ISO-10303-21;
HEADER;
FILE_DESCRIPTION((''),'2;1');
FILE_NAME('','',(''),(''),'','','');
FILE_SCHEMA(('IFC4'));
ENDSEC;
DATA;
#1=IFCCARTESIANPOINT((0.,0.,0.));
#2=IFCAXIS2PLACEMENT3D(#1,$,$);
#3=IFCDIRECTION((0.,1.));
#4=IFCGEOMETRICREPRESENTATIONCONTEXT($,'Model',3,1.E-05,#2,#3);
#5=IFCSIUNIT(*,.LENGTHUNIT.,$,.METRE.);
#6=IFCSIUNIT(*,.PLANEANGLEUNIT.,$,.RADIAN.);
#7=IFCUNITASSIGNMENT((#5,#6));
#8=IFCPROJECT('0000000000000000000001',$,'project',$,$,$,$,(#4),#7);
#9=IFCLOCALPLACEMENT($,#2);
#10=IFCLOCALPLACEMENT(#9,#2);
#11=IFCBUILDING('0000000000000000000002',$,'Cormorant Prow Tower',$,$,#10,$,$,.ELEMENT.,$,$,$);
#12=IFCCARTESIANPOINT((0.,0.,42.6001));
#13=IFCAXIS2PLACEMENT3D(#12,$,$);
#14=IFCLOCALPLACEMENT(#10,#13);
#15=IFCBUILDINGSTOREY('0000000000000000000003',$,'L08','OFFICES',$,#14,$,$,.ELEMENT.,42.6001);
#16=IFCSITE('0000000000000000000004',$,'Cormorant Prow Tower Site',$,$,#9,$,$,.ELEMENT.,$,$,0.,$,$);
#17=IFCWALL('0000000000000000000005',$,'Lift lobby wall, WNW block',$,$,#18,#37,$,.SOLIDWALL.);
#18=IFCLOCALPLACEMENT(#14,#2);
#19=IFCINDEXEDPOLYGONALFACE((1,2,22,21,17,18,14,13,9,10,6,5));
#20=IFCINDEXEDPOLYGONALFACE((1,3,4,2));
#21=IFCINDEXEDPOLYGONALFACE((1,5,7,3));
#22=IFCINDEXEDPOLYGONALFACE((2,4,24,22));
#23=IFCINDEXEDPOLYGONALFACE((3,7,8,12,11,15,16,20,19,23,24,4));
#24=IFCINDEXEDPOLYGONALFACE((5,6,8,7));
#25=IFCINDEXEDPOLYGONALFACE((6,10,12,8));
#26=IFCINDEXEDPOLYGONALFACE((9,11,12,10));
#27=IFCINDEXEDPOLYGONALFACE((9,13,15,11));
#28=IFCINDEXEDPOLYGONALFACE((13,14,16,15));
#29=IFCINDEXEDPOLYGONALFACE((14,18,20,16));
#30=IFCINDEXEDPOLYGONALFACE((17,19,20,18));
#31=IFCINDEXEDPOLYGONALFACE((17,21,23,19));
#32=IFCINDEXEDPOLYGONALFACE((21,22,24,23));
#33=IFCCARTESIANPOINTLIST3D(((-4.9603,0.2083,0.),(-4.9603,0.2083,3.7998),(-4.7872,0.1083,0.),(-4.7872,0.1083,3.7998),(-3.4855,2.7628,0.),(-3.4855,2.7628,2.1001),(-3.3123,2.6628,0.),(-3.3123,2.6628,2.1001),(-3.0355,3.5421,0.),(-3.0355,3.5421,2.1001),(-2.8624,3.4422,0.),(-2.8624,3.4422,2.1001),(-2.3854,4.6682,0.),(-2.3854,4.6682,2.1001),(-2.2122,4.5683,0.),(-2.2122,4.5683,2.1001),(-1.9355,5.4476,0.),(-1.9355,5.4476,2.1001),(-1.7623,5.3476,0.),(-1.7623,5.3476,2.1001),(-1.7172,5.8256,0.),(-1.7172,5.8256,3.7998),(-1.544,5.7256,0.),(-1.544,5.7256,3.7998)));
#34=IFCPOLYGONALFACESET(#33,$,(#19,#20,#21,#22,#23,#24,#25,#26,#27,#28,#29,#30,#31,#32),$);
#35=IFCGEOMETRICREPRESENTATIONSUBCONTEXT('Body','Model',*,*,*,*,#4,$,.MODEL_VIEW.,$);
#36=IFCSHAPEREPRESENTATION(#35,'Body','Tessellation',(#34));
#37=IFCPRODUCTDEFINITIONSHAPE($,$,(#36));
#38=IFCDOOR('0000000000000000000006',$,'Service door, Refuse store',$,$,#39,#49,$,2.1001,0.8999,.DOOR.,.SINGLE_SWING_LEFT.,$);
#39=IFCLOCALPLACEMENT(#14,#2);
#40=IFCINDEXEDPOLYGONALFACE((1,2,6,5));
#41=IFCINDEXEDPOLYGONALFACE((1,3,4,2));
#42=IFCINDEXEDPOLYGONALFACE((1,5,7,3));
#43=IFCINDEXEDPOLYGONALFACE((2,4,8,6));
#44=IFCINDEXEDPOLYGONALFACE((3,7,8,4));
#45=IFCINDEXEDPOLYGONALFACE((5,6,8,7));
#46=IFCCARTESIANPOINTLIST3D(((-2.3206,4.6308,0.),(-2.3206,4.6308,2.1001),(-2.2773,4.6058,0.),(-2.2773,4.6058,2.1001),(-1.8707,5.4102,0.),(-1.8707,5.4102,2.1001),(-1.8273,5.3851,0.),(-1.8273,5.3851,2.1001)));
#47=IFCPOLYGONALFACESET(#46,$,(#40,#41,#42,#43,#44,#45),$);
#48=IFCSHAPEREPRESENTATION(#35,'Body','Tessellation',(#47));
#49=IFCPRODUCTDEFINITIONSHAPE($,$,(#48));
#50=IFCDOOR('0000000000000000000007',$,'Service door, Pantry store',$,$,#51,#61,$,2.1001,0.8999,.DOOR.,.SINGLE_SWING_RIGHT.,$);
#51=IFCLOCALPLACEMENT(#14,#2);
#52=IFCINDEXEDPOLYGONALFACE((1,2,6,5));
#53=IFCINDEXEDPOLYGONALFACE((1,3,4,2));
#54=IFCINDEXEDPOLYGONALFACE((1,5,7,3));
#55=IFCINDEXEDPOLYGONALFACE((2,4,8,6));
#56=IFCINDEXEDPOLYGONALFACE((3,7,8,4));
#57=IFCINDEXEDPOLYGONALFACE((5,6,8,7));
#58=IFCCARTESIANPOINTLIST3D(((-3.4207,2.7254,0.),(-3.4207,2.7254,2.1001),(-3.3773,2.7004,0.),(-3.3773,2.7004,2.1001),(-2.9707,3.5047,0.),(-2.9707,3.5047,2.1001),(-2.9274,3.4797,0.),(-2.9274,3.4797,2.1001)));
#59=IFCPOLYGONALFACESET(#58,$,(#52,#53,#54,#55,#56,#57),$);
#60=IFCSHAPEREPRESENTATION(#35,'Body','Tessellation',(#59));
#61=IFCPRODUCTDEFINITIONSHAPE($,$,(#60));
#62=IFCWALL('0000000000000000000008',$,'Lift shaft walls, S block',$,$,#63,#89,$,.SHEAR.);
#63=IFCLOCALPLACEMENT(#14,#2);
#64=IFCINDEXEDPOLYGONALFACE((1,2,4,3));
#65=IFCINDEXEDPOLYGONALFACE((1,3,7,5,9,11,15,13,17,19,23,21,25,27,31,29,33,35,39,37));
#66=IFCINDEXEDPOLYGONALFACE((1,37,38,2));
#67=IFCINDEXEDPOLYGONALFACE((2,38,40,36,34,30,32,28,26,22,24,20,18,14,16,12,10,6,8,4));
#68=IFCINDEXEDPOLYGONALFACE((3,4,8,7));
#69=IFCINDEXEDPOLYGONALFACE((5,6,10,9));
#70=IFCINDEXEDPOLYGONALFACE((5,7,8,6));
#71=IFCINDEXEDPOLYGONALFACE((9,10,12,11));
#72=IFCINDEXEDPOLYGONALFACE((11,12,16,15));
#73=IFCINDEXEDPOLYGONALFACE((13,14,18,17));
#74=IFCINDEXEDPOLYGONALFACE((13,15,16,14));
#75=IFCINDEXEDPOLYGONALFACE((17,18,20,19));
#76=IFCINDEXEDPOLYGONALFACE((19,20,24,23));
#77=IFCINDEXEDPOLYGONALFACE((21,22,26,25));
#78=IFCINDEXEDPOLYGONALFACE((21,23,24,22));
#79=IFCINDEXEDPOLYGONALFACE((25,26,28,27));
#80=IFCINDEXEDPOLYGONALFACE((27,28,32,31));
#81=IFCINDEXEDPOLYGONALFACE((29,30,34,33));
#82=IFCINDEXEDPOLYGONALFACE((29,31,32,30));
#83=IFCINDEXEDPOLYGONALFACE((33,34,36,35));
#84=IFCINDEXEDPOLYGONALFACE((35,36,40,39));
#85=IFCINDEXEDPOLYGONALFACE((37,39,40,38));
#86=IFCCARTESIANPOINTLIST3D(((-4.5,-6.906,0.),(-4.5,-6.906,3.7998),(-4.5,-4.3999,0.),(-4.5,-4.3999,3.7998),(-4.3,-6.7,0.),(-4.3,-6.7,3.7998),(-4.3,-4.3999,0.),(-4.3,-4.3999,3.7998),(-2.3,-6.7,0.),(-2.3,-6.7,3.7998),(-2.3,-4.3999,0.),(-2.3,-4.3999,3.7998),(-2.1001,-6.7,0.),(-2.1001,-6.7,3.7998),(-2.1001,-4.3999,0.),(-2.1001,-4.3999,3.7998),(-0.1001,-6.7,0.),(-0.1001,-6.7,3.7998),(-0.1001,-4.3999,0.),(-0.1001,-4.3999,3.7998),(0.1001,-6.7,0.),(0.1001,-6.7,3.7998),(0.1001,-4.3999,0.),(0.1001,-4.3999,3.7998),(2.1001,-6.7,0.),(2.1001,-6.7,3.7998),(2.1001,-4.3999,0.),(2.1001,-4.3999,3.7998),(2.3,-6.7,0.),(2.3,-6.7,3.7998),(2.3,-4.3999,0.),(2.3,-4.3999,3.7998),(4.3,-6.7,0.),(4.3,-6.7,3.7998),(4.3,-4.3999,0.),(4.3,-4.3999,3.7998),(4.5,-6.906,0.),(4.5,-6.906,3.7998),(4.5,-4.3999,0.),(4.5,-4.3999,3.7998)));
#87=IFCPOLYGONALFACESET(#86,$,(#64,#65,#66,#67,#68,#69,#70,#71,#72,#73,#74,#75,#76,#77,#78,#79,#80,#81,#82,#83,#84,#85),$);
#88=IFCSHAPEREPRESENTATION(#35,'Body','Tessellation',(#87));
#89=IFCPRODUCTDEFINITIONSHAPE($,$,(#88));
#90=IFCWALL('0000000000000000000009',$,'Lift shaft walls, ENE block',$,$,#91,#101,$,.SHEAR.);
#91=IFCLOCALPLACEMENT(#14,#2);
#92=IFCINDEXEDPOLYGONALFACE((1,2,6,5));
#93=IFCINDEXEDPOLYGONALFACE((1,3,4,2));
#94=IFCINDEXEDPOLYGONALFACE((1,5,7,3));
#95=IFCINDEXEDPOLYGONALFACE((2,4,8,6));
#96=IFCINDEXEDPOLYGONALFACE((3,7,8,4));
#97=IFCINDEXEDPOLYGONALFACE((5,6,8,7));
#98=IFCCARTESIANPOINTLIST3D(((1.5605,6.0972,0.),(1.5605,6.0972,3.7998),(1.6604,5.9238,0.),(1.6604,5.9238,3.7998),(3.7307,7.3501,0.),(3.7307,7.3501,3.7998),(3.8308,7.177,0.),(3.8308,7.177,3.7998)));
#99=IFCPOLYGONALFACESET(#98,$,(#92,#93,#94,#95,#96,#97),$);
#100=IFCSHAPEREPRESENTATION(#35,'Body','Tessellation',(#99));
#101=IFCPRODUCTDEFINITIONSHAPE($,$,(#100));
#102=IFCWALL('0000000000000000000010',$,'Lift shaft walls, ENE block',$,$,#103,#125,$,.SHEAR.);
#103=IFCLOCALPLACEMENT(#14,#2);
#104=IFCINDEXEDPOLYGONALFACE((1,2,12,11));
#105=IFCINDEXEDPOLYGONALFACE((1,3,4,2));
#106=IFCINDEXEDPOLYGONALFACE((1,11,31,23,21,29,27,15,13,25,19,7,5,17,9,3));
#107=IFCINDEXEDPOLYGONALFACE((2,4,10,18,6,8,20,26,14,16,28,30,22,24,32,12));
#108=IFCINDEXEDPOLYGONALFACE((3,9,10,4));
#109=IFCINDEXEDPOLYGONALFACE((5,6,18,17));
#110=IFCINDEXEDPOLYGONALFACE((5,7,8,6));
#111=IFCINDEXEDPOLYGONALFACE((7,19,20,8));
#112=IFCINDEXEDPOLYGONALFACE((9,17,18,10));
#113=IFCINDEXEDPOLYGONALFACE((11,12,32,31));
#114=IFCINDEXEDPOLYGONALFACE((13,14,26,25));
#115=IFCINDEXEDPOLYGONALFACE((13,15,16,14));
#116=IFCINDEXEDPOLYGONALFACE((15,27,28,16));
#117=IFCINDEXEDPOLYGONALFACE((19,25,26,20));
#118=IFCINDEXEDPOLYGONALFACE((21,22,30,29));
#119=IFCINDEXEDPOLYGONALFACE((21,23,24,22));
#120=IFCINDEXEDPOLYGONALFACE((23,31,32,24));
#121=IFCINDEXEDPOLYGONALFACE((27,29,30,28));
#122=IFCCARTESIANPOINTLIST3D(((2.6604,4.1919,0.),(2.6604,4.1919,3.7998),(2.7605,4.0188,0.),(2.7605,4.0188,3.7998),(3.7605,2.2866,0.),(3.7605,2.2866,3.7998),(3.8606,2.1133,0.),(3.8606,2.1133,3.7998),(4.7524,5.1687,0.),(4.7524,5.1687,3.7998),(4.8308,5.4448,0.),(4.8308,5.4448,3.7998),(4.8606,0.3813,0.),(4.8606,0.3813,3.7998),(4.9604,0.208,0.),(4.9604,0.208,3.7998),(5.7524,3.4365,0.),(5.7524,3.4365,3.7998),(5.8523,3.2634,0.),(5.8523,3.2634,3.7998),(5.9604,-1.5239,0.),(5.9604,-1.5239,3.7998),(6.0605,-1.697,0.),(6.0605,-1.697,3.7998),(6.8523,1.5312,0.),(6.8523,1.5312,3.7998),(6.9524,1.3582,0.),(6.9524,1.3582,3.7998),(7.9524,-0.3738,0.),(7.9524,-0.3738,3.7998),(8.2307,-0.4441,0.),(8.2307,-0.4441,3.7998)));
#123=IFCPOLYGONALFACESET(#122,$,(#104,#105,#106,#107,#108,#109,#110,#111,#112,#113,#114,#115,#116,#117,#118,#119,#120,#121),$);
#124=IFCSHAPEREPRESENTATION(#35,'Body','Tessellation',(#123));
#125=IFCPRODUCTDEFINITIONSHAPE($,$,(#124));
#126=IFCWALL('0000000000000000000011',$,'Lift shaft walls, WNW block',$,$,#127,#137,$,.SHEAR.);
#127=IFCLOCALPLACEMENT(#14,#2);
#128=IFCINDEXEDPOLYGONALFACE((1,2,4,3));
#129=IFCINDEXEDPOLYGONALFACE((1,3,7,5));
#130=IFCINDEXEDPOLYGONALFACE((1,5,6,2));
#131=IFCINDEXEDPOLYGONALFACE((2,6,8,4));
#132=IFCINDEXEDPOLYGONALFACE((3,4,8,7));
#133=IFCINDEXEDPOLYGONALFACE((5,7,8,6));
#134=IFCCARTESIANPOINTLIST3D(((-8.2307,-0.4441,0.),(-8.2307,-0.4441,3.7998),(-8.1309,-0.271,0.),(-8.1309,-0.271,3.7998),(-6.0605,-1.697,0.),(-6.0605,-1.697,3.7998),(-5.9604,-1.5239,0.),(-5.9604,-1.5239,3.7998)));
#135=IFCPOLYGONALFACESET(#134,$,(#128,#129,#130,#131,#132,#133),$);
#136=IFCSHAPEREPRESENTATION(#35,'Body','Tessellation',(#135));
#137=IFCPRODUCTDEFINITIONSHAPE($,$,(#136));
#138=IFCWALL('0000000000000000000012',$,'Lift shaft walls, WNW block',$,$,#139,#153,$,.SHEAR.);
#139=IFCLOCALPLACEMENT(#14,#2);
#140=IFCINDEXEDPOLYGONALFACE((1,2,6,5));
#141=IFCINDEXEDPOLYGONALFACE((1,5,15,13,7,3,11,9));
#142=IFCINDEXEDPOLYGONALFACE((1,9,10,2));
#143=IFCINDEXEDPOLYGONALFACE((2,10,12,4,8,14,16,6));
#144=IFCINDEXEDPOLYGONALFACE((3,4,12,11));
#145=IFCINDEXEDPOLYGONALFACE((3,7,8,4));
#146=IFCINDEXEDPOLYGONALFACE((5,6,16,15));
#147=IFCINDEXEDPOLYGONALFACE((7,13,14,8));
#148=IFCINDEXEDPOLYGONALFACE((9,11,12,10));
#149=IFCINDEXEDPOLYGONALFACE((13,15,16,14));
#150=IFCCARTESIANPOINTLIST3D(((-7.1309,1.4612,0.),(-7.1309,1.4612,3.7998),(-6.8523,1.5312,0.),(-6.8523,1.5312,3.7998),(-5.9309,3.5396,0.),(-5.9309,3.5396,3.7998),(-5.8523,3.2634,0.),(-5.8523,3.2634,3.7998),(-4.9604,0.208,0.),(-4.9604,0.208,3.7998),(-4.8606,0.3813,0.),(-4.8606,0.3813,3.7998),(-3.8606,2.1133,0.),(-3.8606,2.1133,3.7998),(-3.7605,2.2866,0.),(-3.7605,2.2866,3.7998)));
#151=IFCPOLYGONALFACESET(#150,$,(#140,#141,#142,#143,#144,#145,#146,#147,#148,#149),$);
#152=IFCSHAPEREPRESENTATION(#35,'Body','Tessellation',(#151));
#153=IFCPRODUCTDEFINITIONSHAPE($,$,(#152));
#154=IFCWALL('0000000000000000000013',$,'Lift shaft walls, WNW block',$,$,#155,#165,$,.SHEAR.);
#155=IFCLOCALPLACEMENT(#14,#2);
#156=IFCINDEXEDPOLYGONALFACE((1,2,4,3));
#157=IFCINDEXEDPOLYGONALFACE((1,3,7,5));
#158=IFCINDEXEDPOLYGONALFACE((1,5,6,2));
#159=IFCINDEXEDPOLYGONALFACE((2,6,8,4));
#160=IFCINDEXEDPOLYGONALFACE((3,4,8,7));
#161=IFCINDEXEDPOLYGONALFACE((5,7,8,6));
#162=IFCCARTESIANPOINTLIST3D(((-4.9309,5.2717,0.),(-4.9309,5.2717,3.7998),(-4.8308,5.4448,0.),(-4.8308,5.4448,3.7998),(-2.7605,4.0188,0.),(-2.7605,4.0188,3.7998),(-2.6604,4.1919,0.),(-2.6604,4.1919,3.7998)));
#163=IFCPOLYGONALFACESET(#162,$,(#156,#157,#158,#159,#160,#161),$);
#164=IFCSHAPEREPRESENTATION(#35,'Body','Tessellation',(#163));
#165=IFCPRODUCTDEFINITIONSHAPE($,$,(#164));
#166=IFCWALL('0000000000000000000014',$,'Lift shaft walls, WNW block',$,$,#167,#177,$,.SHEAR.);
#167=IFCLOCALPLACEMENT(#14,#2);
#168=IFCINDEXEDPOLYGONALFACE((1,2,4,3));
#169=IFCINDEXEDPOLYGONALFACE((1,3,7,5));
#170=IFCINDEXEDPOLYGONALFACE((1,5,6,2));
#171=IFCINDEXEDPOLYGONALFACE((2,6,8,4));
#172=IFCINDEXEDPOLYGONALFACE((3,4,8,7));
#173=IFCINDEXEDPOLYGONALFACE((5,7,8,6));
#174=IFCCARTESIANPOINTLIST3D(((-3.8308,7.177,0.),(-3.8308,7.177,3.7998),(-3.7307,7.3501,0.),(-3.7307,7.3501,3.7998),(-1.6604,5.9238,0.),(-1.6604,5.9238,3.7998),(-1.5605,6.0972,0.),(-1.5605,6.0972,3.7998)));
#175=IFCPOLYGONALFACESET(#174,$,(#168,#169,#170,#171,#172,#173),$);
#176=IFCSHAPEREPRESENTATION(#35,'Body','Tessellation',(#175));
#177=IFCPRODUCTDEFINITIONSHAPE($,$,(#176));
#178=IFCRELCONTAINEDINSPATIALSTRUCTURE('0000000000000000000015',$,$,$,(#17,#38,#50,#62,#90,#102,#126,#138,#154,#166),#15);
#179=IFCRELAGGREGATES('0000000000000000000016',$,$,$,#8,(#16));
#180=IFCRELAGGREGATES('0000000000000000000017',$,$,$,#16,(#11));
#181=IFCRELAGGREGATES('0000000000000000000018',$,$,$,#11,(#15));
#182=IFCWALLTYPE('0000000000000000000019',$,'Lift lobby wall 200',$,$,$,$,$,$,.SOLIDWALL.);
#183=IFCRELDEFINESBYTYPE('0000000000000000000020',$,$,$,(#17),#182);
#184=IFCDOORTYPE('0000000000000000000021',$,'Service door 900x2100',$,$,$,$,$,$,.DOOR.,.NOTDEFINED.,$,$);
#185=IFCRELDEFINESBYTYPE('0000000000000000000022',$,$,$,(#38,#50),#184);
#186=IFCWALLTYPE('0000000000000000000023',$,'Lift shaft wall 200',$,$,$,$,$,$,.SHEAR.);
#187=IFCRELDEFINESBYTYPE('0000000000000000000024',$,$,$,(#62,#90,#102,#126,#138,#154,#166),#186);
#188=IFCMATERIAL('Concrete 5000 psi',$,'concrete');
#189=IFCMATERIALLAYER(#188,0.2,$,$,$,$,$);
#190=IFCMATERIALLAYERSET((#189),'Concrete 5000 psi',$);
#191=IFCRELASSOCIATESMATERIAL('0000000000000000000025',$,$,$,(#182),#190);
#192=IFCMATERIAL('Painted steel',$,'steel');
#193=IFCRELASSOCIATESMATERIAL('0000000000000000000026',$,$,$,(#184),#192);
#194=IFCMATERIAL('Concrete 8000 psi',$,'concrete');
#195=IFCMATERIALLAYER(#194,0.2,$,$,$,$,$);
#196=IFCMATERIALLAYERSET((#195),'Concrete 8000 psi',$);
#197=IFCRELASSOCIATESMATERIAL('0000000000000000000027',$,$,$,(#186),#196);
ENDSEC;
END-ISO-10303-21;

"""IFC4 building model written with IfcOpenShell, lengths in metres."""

from ifc_helpers import new_model, si_unit, direction, frame, frame_2d, origin, place, context, subcontext, project, spatial, polyline, rectangle, outline, extrude, material, layer, layer_set, type_object, element, fill, save


model = new_model("IFC4")

# Units and contexts
model_context = context("Model", 3, precision=1e-05, world=origin(), true_north=direction((0.0, 1.0)))
body_context = subcontext(model_context, "Body", "Model", "MODEL_VIEW")
ifc_project = project(units=[si_unit("LENGTHUNIT", "METRE"), si_unit("PLANEANGLEUNIT", "RADIAN")], contexts=[model_context])

# Site, building, storey
site_placement = place(None, origin())
site = spatial("IfcSite", under=ifc_project, at=site_placement, Name="Cormorant Prow Tower Site", CompositionType="ELEMENT", RefElevation=0.0)
building_placement = place(site_placement, origin())
building = spatial("IfcBuilding", under=site, at=building_placement, Name="Cormorant Prow Tower", CompositionType="ELEMENT")
storey_placement = place(building_placement, frame((0.0, 0.0, 42.6001)))
storey = spatial("IfcBuildingStorey", under=building, at=storey_placement, Name="L08", Description="OFFICES", CompositionType="ELEMENT", Elevation=42.6001)

# Wall, openings, doors
ifc_material_1 = material(Name="Concrete 5000 psi", Category="concrete")
ifc_layer_1 = layer(ifc_material_1, 0.2)
ifc_layer_set_1 = layer_set([ifc_layer_1], Name="Concrete 5000 psi")
wall_type_1 = type_object("IfcWallType", Name="Lift lobby wall 200", PredefinedType="SOLIDWALL", material=ifc_layer_set_1)
wall_1_placement = place(storey_placement, frame((-1.6306, 5.7756, 0.0), z_axis=(0.0, 0.0, 1.0), x_axis=(-0.499993, -0.86603, 0.0)))
wall_1 = element("IfcWall", 1, at=wall_1_placement, inside=storey, type_object=wall_type_1, Name="Lift lobby wall, WNW block", PredefinedType="SOLIDWALL", context=body_context, shape_type="SweptSolid", body=[
    extrude(rectangle(XDim=6.4863, YDim=0.2, at=frame_2d((3.2432, 0.0))), origin(), (0.0, 0.0, 1.0), 3.7998),
])
opening_1_placement = place(wall_1_placement, frame((0.4365, 0.0, 0.0)))
opening_1 = element("IfcOpeningElement", 2, at=opening_1_placement, cuts=wall_1, PredefinedType="OPENING", context=body_context, shape_type="SweptSolid", body=[
    extrude(rectangle(XDim=0.8999, YDim=2.1001, at=frame_2d((0.45, 1.05))), frame((0.0, 0.1099, 0.0), z_axis=(0.0, -1.0, 0.0), x_axis=(1.0, 0.0, 0.0)), (0.0, 0.0, 1.0), 0.22),
])
opening_2_placement = place(wall_1_placement, frame((2.6367, 0.0, 0.0)))
opening_2 = element("IfcOpeningElement", 3, at=opening_2_placement, cuts=wall_1, PredefinedType="OPENING", context=body_context, shape_type="SweptSolid", body=[
    extrude(rectangle(XDim=0.8999, YDim=2.1001, at=frame_2d((0.45, 1.05))), frame((0.0, 0.1099, 0.0), z_axis=(0.0, -1.0, 0.0), x_axis=(1.0, 0.0, 0.0)), (0.0, 0.0, 1.0), 0.22),
])
ifc_material_2 = material(Name="Painted steel", Category="steel")
door_type_1 = type_object("IfcDoorType", Name="Service door 900x2100", OperationType="NOTDEFINED", PredefinedType="DOOR", material=ifc_material_2)
door_1_placement = place(opening_1_placement, origin())
door_1 = element("IfcDoor", 4, at=door_1_placement, inside=storey, type_object=door_type_1, Name="Service door, Refuse store", OperationType="SINGLE_SWING_LEFT", OverallHeight=2.1001, OverallWidth=0.8999, PredefinedType="DOOR", context=body_context, shape_type="SweptSolid", body=[
    extrude(rectangle(XDim=0.8999, YDim=2.1001, at=frame_2d((0.45, 1.05))), frame((0.0, 0.0249, 0.0), z_axis=(0.0, -1.0, 0.0), x_axis=(1.0, 0.0, 0.0)), (0.0, 0.0, 1.0), 0.05),
])
fill(opening_1, door_1)
door_2_placement = place(opening_2_placement, origin())
door_2 = element("IfcDoor", 5, at=door_2_placement, inside=storey, type_object=door_type_1, Name="Service door, Pantry store", OperationType="SINGLE_SWING_RIGHT", OverallHeight=2.1001, OverallWidth=0.8999, PredefinedType="DOOR", context=body_context, shape_type="SweptSolid", body=[
    extrude(rectangle(XDim=0.8999, YDim=2.1001, at=frame_2d((0.45, 1.05))), frame((0.0, 0.0249, 0.0), z_axis=(0.0, -1.0, 0.0), x_axis=(1.0, 0.0, 0.0)), (0.0, 0.0, 1.0), 0.05),
])
fill(opening_2, door_2)

# Walls
ifc_material_3 = material(Name="Concrete 8000 psi", Category="concrete")
ifc_layer_2 = layer(ifc_material_3, 0.2)
ifc_layer_set_2 = layer_set([ifc_layer_2], Name="Concrete 8000 psi")
wall_type_2 = type_object("IfcWallType", Name="Lift shaft wall 200", PredefinedType="SHEAR", material=ifc_layer_set_2)
wall_2_placement = place(storey_placement, origin())
element("IfcWall", 6, at=wall_2_placement, inside=storey, type_object=wall_type_2, Name="Lift shaft walls, S block", PredefinedType="SHEAR", context=body_context, shape_type="SweptSolid", body=[
    extrude(outline(polyline([(4.5, -4.3999), (4.5, -6.906), (-4.5, -6.906), (-4.5, -4.3999), (-4.3, -4.3999), (-4.3, -6.7), (-2.3, -6.7), (-2.3, -4.3999), (-2.1001, -4.3999), (-2.1001, -6.7), (-0.1001, -6.7), (-0.1001, -4.3999), (0.1001, -4.3999), (0.1001, -6.7), (2.1001, -6.7), (2.1001, -4.3999), (2.3, -4.3999), (2.3, -6.7), (4.3, -6.7), (4.3, -4.3999), (4.5, -4.3999)])), origin(), (0.0, 0.0, 1.0), 3.7998),
])
wall_3_placement = place(storey_placement, origin())
element("IfcWall", 7, at=wall_3_placement, inside=storey, type_object=wall_type_2, Name="Lift shaft walls, ENE block", PredefinedType="SHEAR", context=body_context, shape_type="SweptSolid", body=[
    extrude(outline(polyline([(1.5605, 6.0972), (3.7307, 7.3501), (3.8308, 7.177), (1.6604, 5.9238), (1.5605, 6.0972)])), origin(), (0.0, 0.0, 1.0), 3.7998),
])
wall_4_placement = place(storey_placement, origin())
element("IfcWall", 8, at=wall_4_placement, inside=storey, type_object=wall_type_2, Name="Lift shaft walls, ENE block", PredefinedType="SHEAR", context=body_context, shape_type="SweptSolid", body=[
    extrude(outline(polyline([(2.6604, 4.1919), (4.8308, 5.4448), (8.2307, -0.4441), (6.0605, -1.697), (5.9604, -1.5239), (7.9524, -0.3738), (6.9524, 1.3582), (4.9604, 0.208), (4.8606, 0.3813), (6.8523, 1.5312), (5.8523, 3.2634), (3.8606, 2.1133), (3.7605, 2.2866), (5.7524, 3.4365), (4.7524, 5.1687), (2.7605, 4.0188), (2.6604, 4.1919)])), origin(), (0.0, 0.0, 1.0), 3.7998),
])
wall_5_placement = place(storey_placement, origin())
element("IfcWall", 9, at=wall_5_placement, inside=storey, type_object=wall_type_2, Name="Lift shaft walls, WNW block", PredefinedType="SHEAR", context=body_context, shape_type="SweptSolid", body=[
    extrude(outline(polyline([(-6.0605, -1.697), (-8.2307, -0.4441), (-8.1309, -0.271), (-5.9604, -1.5239), (-6.0605, -1.697)])), origin(), (0.0, 0.0, 1.0), 3.7998),
])
wall_6_placement = place(storey_placement, origin())
element("IfcWall", 10, at=wall_6_placement, inside=storey, type_object=wall_type_2, Name="Lift shaft walls, WNW block", PredefinedType="SHEAR", context=body_context, shape_type="SweptSolid", body=[
    extrude(outline(polyline([(-4.9604, 0.208), (-7.1309, 1.4612), (-5.9309, 3.5396), (-3.7605, 2.2866), (-3.8606, 2.1133), (-5.8523, 3.2634), (-6.8523, 1.5312), (-4.8606, 0.3813), (-4.9604, 0.208)])), origin(), (0.0, 0.0, 1.0), 3.7998),
])
wall_7_placement = place(storey_placement, origin())
element("IfcWall", 11, at=wall_7_placement, inside=storey, type_object=wall_type_2, Name="Lift shaft walls, WNW block", PredefinedType="SHEAR", context=body_context, shape_type="SweptSolid", body=[
    extrude(outline(polyline([(-2.7605, 4.0188), (-4.9309, 5.2717), (-4.8308, 5.4448), (-2.6604, 4.1919), (-2.7605, 4.0188)])), origin(), (0.0, 0.0, 1.0), 3.7998),
])
wall_8_placement = place(storey_placement, origin())
element("IfcWall", 12, at=wall_8_placement, inside=storey, type_object=wall_type_2, Name="Lift shaft walls, WNW block", PredefinedType="SHEAR", context=body_context, shape_type="SweptSolid", body=[
    extrude(outline(polyline([(-3.7307, 7.3501), (-1.5605, 6.0972), (-1.6604, 5.9238), (-3.8308, 7.177), (-3.7307, 7.3501)])), origin(), (0.0, 0.0, 1.0), 3.7998),
])

save(model, "model.ifc")
